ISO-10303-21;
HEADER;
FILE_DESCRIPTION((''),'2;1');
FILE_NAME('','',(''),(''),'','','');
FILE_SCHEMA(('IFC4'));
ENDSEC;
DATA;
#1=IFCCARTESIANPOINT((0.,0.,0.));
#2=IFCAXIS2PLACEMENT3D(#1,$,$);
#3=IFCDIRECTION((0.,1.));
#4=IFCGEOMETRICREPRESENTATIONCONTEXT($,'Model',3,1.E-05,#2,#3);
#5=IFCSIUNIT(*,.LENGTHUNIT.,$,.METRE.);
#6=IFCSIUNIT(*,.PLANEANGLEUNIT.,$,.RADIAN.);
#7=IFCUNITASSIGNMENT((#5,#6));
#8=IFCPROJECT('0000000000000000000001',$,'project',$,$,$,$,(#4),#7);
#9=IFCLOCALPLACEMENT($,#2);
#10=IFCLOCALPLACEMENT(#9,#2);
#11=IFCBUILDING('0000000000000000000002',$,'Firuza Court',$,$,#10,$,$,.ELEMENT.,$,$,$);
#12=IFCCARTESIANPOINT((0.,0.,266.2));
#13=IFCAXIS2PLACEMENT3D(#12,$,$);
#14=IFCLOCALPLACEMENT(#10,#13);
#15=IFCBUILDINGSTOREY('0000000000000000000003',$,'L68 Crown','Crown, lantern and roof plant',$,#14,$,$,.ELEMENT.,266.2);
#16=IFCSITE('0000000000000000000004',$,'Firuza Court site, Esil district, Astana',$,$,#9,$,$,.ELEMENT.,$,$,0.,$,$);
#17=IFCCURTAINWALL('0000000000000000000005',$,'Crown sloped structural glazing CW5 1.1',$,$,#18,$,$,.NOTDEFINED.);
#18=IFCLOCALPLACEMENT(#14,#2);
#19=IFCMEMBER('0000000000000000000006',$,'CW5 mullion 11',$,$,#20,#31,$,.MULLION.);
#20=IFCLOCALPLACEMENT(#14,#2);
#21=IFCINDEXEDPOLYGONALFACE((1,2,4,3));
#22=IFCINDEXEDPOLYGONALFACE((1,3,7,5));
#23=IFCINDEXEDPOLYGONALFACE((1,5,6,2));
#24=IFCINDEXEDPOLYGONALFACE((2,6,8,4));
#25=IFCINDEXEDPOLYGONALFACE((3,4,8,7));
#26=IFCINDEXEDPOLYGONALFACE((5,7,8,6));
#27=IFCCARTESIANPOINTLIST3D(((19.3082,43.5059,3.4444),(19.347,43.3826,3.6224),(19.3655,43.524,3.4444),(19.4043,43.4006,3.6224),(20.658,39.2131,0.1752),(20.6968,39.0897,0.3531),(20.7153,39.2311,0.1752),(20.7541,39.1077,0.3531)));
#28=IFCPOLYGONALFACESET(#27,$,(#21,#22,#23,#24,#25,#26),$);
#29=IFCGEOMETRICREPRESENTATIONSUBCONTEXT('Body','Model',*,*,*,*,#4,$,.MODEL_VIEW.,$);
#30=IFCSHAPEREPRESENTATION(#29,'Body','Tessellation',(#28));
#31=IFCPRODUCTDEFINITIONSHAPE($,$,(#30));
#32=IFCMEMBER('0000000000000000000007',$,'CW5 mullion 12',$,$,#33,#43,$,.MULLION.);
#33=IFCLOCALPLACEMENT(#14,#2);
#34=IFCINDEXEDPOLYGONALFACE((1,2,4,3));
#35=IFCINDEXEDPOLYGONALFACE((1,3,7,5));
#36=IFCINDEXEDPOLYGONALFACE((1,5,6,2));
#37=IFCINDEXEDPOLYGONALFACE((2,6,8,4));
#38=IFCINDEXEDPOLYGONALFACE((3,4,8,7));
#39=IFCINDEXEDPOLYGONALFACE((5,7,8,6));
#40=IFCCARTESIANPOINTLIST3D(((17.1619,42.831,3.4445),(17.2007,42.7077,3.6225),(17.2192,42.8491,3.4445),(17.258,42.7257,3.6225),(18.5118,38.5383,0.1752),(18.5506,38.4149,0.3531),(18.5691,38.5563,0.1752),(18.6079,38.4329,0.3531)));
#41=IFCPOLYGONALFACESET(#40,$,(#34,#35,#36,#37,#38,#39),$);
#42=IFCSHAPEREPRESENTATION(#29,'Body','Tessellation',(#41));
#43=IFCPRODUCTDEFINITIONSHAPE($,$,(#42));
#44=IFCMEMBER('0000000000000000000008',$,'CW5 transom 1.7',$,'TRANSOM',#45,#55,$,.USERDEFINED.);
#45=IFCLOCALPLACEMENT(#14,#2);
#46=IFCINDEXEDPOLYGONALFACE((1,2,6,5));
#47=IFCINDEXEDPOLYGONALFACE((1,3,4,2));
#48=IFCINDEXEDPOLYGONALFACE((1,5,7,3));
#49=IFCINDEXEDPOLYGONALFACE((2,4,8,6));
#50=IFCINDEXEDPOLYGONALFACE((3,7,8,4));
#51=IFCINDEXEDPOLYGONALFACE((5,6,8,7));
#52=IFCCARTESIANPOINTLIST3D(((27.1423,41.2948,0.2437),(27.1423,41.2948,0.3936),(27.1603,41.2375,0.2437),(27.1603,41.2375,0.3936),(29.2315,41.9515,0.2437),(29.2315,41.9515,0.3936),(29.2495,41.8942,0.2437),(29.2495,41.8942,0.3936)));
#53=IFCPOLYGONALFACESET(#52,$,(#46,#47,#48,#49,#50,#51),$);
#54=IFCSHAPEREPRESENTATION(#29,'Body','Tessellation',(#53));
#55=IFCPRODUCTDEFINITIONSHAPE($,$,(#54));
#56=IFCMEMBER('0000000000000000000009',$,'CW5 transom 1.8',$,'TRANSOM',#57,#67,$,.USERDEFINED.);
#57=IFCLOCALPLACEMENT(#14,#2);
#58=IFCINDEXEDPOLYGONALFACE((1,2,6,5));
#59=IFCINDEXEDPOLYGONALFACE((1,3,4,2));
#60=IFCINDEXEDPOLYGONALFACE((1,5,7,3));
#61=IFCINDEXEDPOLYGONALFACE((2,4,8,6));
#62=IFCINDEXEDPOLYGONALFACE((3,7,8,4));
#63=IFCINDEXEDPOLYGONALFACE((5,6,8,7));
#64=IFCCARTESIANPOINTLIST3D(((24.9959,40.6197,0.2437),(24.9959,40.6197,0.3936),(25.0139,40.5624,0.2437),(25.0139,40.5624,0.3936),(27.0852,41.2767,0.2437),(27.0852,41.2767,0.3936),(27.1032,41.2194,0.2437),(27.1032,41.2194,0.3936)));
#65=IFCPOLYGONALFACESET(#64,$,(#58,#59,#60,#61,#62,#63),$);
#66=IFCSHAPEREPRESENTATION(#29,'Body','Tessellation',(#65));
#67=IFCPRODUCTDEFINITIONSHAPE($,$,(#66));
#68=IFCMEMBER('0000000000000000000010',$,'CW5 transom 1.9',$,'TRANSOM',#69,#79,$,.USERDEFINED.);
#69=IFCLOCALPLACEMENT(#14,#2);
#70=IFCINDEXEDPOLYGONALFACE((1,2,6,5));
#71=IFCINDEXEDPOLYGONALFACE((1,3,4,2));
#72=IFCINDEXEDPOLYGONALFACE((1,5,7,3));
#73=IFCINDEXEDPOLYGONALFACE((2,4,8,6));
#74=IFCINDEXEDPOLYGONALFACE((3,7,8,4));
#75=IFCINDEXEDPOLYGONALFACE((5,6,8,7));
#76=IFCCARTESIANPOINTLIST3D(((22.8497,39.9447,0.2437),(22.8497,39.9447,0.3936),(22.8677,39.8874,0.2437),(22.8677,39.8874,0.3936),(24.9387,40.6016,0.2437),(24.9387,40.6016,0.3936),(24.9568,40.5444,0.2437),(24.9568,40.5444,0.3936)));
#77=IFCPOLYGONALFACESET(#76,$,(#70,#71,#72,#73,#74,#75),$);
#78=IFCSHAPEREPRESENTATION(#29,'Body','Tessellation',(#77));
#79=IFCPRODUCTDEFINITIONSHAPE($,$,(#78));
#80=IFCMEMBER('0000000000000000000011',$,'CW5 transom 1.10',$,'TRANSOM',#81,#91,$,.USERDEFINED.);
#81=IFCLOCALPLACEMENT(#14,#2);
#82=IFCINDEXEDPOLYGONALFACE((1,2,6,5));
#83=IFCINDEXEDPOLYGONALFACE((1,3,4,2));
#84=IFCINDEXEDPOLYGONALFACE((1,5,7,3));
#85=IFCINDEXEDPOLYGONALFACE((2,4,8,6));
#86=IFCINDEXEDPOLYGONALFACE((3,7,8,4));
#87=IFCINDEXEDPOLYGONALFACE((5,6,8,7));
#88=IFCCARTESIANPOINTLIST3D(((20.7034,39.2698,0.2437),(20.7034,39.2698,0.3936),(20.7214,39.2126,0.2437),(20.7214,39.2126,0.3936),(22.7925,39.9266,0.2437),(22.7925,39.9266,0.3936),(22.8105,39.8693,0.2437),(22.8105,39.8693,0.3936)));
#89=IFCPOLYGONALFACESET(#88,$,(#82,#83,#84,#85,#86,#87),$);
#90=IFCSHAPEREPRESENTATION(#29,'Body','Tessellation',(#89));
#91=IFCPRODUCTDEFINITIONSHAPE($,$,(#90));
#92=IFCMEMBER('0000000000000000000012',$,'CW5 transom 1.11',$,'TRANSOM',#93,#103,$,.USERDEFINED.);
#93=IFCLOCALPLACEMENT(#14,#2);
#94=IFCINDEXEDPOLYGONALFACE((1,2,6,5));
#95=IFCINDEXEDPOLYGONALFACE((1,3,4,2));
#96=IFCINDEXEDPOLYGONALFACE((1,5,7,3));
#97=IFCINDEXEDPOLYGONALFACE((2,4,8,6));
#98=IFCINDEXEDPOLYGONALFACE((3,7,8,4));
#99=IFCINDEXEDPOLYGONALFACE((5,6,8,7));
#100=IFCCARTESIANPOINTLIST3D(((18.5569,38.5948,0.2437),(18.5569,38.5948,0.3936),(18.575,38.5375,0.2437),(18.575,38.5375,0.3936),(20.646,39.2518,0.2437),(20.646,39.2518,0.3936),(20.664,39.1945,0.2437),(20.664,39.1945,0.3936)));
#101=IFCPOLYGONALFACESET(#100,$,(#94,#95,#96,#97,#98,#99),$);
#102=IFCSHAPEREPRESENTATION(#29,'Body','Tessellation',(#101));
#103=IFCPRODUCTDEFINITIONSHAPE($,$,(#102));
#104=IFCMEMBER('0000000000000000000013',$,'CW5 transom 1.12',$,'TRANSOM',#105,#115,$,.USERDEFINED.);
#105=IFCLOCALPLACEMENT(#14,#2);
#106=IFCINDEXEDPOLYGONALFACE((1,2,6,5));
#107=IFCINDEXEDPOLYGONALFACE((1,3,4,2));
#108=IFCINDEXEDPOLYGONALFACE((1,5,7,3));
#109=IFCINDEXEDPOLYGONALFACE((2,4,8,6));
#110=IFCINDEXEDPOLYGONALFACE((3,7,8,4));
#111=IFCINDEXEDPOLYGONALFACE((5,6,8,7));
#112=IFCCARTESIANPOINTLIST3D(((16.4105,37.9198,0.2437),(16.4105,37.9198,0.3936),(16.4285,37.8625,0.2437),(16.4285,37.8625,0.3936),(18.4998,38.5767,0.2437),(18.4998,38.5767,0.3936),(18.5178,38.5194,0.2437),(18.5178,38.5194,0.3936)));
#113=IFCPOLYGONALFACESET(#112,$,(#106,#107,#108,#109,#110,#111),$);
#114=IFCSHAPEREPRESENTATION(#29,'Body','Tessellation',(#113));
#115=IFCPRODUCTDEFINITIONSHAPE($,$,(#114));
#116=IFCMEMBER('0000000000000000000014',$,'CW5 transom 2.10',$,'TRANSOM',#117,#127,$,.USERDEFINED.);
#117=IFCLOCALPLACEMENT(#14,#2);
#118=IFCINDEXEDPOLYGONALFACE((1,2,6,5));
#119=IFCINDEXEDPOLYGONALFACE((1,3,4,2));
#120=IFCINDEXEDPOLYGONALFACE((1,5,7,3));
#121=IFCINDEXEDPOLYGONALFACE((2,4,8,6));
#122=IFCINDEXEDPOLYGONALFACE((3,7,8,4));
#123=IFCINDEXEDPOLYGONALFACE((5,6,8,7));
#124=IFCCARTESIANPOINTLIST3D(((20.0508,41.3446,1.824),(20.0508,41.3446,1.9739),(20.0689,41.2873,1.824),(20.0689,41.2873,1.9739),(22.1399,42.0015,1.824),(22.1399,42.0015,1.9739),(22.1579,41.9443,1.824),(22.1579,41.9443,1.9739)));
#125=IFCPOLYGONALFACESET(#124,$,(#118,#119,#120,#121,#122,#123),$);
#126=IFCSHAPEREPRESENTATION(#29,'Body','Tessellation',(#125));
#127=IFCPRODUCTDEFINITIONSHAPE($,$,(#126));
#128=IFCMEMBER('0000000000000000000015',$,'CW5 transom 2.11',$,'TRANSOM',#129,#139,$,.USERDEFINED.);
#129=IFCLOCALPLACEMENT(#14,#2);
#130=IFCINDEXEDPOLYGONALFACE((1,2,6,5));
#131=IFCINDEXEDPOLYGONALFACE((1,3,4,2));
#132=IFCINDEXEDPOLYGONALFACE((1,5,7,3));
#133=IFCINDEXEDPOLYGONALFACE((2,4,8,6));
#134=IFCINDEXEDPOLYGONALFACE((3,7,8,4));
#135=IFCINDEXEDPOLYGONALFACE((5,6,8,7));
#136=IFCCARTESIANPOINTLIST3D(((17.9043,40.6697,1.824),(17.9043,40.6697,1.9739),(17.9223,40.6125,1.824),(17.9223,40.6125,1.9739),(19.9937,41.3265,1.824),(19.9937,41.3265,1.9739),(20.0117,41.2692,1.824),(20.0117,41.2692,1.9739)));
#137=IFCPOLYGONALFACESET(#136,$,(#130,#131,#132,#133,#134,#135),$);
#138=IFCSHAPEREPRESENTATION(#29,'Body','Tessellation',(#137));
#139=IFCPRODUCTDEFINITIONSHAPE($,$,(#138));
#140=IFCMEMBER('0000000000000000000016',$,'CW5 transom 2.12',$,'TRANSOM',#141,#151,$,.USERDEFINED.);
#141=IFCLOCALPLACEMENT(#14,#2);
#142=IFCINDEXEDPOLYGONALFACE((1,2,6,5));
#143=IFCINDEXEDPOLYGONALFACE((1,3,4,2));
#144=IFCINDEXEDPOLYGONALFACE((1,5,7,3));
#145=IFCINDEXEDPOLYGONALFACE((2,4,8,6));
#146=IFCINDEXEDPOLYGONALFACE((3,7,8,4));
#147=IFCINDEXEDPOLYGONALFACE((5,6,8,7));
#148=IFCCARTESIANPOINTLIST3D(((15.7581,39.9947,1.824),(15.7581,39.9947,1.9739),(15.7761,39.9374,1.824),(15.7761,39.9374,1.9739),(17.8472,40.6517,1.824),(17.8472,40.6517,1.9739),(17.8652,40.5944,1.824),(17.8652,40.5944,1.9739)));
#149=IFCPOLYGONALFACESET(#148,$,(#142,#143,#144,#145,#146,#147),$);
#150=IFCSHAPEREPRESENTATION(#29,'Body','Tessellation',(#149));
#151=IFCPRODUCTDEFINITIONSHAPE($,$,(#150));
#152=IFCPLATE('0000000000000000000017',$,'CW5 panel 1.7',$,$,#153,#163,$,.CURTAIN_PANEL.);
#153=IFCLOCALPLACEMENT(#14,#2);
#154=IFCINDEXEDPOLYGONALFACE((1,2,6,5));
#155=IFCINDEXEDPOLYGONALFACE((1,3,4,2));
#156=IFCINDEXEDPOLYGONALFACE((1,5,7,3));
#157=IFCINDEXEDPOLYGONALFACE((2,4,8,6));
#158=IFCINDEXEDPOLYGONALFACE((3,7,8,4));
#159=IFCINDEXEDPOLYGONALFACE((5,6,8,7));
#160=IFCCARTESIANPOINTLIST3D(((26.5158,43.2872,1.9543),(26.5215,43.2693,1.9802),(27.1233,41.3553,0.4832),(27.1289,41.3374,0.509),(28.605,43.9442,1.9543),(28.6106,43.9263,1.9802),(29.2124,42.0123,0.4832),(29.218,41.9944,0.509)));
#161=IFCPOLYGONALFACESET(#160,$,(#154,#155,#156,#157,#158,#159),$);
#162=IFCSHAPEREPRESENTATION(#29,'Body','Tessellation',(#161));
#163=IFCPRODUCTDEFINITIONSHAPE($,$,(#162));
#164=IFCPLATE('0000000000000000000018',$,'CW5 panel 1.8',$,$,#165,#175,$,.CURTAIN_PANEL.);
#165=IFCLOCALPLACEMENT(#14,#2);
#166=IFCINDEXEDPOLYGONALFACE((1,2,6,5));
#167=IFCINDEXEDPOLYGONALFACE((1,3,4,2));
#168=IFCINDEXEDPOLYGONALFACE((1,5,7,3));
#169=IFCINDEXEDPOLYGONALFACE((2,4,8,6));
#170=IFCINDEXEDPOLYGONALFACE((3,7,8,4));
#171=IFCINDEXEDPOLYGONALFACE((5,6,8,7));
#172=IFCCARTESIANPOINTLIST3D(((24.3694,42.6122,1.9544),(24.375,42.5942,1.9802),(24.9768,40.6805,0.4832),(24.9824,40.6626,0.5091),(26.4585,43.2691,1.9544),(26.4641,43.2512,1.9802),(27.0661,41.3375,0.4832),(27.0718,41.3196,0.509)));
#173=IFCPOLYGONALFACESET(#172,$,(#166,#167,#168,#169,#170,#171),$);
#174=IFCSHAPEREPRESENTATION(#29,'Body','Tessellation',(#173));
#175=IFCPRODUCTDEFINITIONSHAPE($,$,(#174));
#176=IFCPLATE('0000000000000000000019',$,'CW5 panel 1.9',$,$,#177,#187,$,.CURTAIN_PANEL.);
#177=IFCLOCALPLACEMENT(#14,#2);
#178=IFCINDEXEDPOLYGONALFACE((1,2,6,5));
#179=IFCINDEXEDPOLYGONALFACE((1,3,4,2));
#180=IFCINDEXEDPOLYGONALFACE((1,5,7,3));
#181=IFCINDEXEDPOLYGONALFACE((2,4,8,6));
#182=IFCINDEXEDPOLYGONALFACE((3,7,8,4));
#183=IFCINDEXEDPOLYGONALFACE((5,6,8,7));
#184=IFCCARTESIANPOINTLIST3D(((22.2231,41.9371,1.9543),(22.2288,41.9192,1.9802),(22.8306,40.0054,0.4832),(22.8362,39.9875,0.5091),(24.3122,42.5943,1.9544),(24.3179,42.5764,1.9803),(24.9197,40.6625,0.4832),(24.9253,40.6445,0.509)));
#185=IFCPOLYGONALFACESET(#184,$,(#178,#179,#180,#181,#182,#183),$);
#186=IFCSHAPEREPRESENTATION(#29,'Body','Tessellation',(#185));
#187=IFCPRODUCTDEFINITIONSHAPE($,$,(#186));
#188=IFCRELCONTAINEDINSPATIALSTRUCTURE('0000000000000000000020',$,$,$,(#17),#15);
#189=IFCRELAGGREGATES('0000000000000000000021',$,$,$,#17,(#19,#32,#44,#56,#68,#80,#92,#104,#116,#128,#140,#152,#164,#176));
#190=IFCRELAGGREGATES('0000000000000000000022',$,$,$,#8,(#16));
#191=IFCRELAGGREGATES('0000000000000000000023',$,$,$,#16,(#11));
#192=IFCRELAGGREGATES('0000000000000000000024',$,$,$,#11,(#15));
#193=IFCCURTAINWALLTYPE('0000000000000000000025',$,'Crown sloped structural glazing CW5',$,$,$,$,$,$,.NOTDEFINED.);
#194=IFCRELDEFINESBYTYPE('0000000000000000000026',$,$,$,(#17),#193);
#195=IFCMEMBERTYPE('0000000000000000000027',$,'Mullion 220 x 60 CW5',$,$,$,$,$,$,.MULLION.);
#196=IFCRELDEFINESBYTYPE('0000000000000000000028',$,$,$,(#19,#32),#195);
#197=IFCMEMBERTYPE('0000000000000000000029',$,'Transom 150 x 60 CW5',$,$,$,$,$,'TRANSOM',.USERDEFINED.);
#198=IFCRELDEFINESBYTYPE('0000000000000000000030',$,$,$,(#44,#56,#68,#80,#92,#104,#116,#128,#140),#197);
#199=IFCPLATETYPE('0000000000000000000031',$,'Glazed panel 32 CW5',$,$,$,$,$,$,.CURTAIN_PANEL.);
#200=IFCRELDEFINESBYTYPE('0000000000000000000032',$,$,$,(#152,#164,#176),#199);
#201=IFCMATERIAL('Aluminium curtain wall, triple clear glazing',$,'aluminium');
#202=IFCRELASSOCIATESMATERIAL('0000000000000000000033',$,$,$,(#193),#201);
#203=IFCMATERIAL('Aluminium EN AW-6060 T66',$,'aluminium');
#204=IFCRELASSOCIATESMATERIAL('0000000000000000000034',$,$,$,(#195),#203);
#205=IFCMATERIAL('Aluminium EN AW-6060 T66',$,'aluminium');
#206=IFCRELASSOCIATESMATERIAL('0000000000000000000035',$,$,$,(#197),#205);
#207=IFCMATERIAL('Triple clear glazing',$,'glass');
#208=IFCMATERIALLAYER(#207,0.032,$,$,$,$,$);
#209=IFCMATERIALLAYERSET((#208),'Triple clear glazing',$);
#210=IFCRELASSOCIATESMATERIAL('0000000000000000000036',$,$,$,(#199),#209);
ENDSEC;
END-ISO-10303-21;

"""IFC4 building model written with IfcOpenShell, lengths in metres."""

from ifc_helpers import new_model, si_unit, direction, frame, origin, origin_2d, place, context, subcontext, project, spatial, polyline, rectangle, outline, extrude, material, layer, layer_set, material_profile, profile_set, type_object, element, aggregate, save


model = new_model("IFC4")

# Units and contexts
model_context = context("Model", 3, precision=1e-05, world=origin(), true_north=direction((0.0, 1.0)))
body_context = subcontext(model_context, "Body", "Model", "MODEL_VIEW")
ifc_project = project(units=[si_unit("LENGTHUNIT", "METRE"), si_unit("PLANEANGLEUNIT", "RADIAN")], contexts=[model_context])

# Site, building, storey
site_placement = place(None, origin())
site = spatial("IfcSite", under=ifc_project, at=site_placement, Name="Firuza Court site, Esil district, Astana", CompositionType="ELEMENT", RefElevation=0.0)
building_placement = place(site_placement, origin())
building = spatial("IfcBuilding", under=site, at=building_placement, Name="Firuza Court", CompositionType="ELEMENT")
storey_placement = place(building_placement, frame((0.0, 0.0, 266.2)))
storey = spatial("IfcBuildingStorey", under=building, at=storey_placement, Name="L68 Crown", Description="Crown, lantern and roof plant", CompositionType="ELEMENT", Elevation=266.2)

# Curtain wall, members, plates
ifc_material_1 = material(Name="Aluminium curtain wall, triple clear glazing", Category="aluminium")
curtain_wall_type = type_object("IfcCurtainWallType", Name="Crown sloped structural glazing CW5", PredefinedType="NOTDEFINED", material=ifc_material_1)
curtain_wall_placement = place(storey_placement, origin())
curtain_wall = element("IfcCurtainWall", 1, at=curtain_wall_placement, inside=storey, type_object=curtain_wall_type, Name="Crown sloped structural glazing CW5 1.1", PredefinedType="NOTDEFINED")
ifc_material_2 = material(Name="Aluminium EN AW-6060 T66", Category="aluminium")
ifc_material_profile_1 = material_profile(ifc_material_2, rectangle(XDim=0.0601, YDim=0.22, at=origin_2d()), Name="Mullion 220 x 60 CW5")
ifc_profile_set_1 = profile_set([ifc_material_profile_1], Name="Aluminium EN AW-6060 T66")
member_type_1 = type_object("IfcMemberType", Name="Mullion 220 x 60 CW5", PredefinedType="MULLION", material=ifc_profile_set_1)
member_1_placement = place(storey_placement, frame((20.7061, 39.1604, 0.2642), z_axis=(-0.242676, 0.771788, 0.587751), x_axis=(-0.953953, -0.299955, 0.0)))
member_1 = element("IfcMember", 2, at=member_1_placement, type_object=member_type_1, Name="CW5 mullion 11", PredefinedType="MULLION", context=body_context, shape_type="SweptSolid", body=[
    extrude(rectangle(XDim=0.0601, YDim=0.22, at=origin_2d()), origin(), (0.0, 0.0, 1.0), 5.5623),
])
member_2_placement = place(storey_placement, frame((18.5598, 38.4856, 0.2642), z_axis=(-0.242684, 0.77177, 0.587771), x_axis=(-0.953948, -0.29997, 0.0)))
member_2 = element("IfcMember", 3, at=member_2_placement, type_object=member_type_1, Name="CW5 mullion 12", PredefinedType="MULLION", context=body_context, shape_type="SweptSolid", body=[
    extrude(rectangle(XDim=0.0601, YDim=0.22, at=origin_2d()), origin(), (0.0, 0.0, 1.0), 5.5623),
])
ifc_material_3 = material(Name="Aluminium EN AW-6060 T66", Category="aluminium")
ifc_material_profile_2 = material_profile(ifc_material_3, rectangle(XDim=0.0601, YDim=0.1499, at=origin_2d()), Name="Transom 150 x 60 CW5")
ifc_profile_set_2 = profile_set([ifc_material_profile_2], Name="Aluminium EN AW-6060 T66")
member_type_2 = type_object("IfcMemberType", Name="Transom 150 x 60 CW5", ElementType="TRANSOM", PredefinedType="USERDEFINED", material=ifc_profile_set_2)
member_3_placement = place(storey_placement, frame((29.2405, 41.9229, 0.3186), z_axis=(-0.953973, -0.299893, 0.0), x_axis=(0.299893, -0.953973, 0.0)))
member_3 = element("IfcMember", 4, at=member_3_placement, type_object=member_type_2, Name="CW5 transom 1.7", ObjectType="TRANSOM", PredefinedType="USERDEFINED", context=body_context, shape_type="SweptSolid", body=[
    extrude(rectangle(XDim=0.0601, YDim=0.1499, at=origin_2d()), origin(), (0.0, 0.0, 1.0), 2.1899),
])
member_4_placement = place(storey_placement, frame((27.0942, 41.248, 0.3186), z_axis=(-0.953951, -0.299963, 0.0), x_axis=(0.299963, -0.953951, 0.0)))
member_4 = element("IfcMember", 5, at=member_4_placement, type_object=member_type_2, Name="CW5 transom 1.8", ObjectType="TRANSOM", PredefinedType="USERDEFINED", context=body_context, shape_type="SweptSolid", body=[
    extrude(rectangle(XDim=0.0601, YDim=0.1499, at=origin_2d()), origin(), (0.0, 0.0, 1.0), 2.1902),
])
member_5_placement = place(storey_placement, frame((24.9478, 40.573, 0.3186), z_axis=(-0.953941, -0.299995, 0.0), x_axis=(0.299995, -0.953941, 0.0)))
member_5 = element("IfcMember", 6, at=member_5_placement, type_object=member_type_2, Name="CW5 transom 1.9", ObjectType="TRANSOM", PredefinedType="USERDEFINED", context=body_context, shape_type="SweptSolid", body=[
    extrude(rectangle(XDim=0.0601, YDim=0.1499, at=origin_2d()), origin(), (0.0, 0.0, 1.0), 2.1899),
])
member_6_placement = place(storey_placement, frame((22.8015, 39.8979, 0.3186), z_axis=(-0.953973, -0.299893, 0.0), x_axis=(0.299893, -0.953973, 0.0)))
member_6 = element("IfcMember", 7, at=member_6_placement, type_object=member_type_2, Name="CW5 transom 1.10", ObjectType="TRANSOM", PredefinedType="USERDEFINED", context=body_context, shape_type="SweptSolid", body=[
    extrude(rectangle(XDim=0.0601, YDim=0.1499, at=origin_2d()), origin(), (0.0, 0.0, 1.0), 2.1899),
])
member_7_placement = place(storey_placement, frame((20.655, 39.2231, 0.3186), z_axis=(-0.953941, -0.299995, 0.0), x_axis=(0.299995, -0.953941, 0.0)))
member_7 = element("IfcMember", 8, at=member_7_placement, type_object=member_type_2, Name="CW5 transom 1.11", ObjectType="TRANSOM", PredefinedType="USERDEFINED", context=body_context, shape_type="SweptSolid", body=[
    extrude(rectangle(XDim=0.0601, YDim=0.1499, at=origin_2d()), origin(), (0.0, 0.0, 1.0), 2.1899),
])
member_8_placement = place(storey_placement, frame((18.5088, 38.5481, 0.3186), z_axis=(-0.953951, -0.299963, 0.0), x_axis=(0.299963, -0.953951, 0.0)))
member_8 = element("IfcMember", 9, at=member_8_placement, type_object=member_type_2, Name="CW5 transom 1.12", ObjectType="TRANSOM", PredefinedType="USERDEFINED", context=body_context, shape_type="SweptSolid", body=[
    extrude(rectangle(XDim=0.0601, YDim=0.1499, at=origin_2d()), origin(), (0.0, 0.0, 1.0), 2.1902),
])
member_9_placement = place(storey_placement, frame((22.1489, 41.9729, 1.8989), z_axis=(-0.953941, -0.299995, 0.0), x_axis=(0.299995, -0.953941, 0.0)))
member_9 = element("IfcMember", 10, at=member_9_placement, type_object=member_type_2, Name="CW5 transom 2.10", ObjectType="TRANSOM", PredefinedType="USERDEFINED", context=body_context, shape_type="SweptSolid", body=[
    extrude(rectangle(XDim=0.0601, YDim=0.1499, at=origin_2d()), origin(), (0.0, 0.0, 1.0), 2.1899),
])
member_10_placement = place(storey_placement, frame((20.0027, 41.2979, 1.8989), z_axis=(-0.953983, -0.299861, 0.0), x_axis=(0.299861, -0.953983, 0.0)))
member_10 = element("IfcMember", 11, at=member_10_placement, type_object=member_type_2, Name="CW5 transom 2.11", ObjectType="TRANSOM", PredefinedType="USERDEFINED", context=body_context, shape_type="SweptSolid", body=[
    extrude(rectangle(XDim=0.0601, YDim=0.1499, at=origin_2d()), origin(), (0.0, 0.0, 1.0), 2.1902),
])
member_11_placement = place(storey_placement, frame((17.8562, 40.623, 1.8989), z_axis=(-0.953941, -0.299995, 0.0), x_axis=(0.299995, -0.953941, 0.0)))
member_11 = element("IfcMember", 12, at=member_11_placement, type_object=member_type_2, Name="CW5 transom 2.12", ObjectType="TRANSOM", PredefinedType="USERDEFINED", context=body_context, shape_type="SweptSolid", body=[
    extrude(rectangle(XDim=0.0601, YDim=0.1499, at=origin_2d()), origin(), (0.0, 0.0, 1.0), 2.1899),
])
ifc_material_4 = material(Name="Triple clear glazing", Category="glass")
ifc_layer_1 = layer(ifc_material_4, 0.032)
ifc_layer_set_1 = layer_set([ifc_layer_1], Name="Triple clear glazing")
plate_type = type_object("IfcPlateType", Name="Glazed panel 32 CW5", PredefinedType="CURTAIN_PANEL", material=ifc_layer_set_1)
plate_1_placement = place(storey_placement, frame((29.218, 41.9944, 0.509), z_axis=(0.176321, -0.560675, 0.809045), x_axis=(-0.953941, -0.299995, 0.0)))
plate_1 = element("IfcPlate", 13, at=plate_1_placement, type_object=plate_type, Name="CW5 panel 1.7", PredefinedType="CURTAIN_PANEL", context=body_context, shape_type="SweptSolid", body=[
    extrude(outline(polyline([(0.0, 0.0), (2.19, 0.0), (2.1899, -2.5031), (-0.0001, -2.5031), (0.0, 0.0)])), origin(), (0.0, 0.0, -1.0), 0.032),
])
plate_2_placement = place(storey_placement, frame((27.0718, 41.3196, 0.509), z_axis=(0.176323, -0.560714, 0.809018), x_axis=(-0.953949, -0.299968, 0.000008)))
plate_2 = element("IfcPlate", 14, at=plate_2_placement, type_object=plate_type, Name="CW5 panel 1.8", PredefinedType="CURTAIN_PANEL", context=body_context, shape_type="SweptSolid", body=[
    extrude(outline(polyline([(0.0, 0.0), (2.1902, 0.0), (2.1902, -2.5029), (0.0003, -2.503), (0.0, 0.0)])), origin(), (0.0, 0.0, -1.0), 0.032),
])
plate_3_placement = place(storey_placement, frame((24.9253, 40.6445, 0.509), z_axis=(0.176357, -0.560687, 0.809029), x_axis=(-0.953935, -0.300012, 0.000025)))
plate_3 = element("IfcPlate", 15, at=plate_3_placement, type_object=plate_type, Name="CW5 panel 1.9", PredefinedType="CURTAIN_PANEL", context=body_context, shape_type="SweptSolid", body=[
    extrude(outline(polyline([(0.0, 0.0), (2.19, 0.0), (2.1899, -2.5029), (-0.0001, -2.5031), (0.0, 0.0)])), origin(), (0.0, 0.0, -1.0), 0.032),
])
aggregate(curtain_wall, [member_1, member_2, member_3, member_4, member_5, member_6, member_7, member_8, member_9, member_10, member_11, plate_1, plate_2, plate_3])

save(model, "model.ifc")
